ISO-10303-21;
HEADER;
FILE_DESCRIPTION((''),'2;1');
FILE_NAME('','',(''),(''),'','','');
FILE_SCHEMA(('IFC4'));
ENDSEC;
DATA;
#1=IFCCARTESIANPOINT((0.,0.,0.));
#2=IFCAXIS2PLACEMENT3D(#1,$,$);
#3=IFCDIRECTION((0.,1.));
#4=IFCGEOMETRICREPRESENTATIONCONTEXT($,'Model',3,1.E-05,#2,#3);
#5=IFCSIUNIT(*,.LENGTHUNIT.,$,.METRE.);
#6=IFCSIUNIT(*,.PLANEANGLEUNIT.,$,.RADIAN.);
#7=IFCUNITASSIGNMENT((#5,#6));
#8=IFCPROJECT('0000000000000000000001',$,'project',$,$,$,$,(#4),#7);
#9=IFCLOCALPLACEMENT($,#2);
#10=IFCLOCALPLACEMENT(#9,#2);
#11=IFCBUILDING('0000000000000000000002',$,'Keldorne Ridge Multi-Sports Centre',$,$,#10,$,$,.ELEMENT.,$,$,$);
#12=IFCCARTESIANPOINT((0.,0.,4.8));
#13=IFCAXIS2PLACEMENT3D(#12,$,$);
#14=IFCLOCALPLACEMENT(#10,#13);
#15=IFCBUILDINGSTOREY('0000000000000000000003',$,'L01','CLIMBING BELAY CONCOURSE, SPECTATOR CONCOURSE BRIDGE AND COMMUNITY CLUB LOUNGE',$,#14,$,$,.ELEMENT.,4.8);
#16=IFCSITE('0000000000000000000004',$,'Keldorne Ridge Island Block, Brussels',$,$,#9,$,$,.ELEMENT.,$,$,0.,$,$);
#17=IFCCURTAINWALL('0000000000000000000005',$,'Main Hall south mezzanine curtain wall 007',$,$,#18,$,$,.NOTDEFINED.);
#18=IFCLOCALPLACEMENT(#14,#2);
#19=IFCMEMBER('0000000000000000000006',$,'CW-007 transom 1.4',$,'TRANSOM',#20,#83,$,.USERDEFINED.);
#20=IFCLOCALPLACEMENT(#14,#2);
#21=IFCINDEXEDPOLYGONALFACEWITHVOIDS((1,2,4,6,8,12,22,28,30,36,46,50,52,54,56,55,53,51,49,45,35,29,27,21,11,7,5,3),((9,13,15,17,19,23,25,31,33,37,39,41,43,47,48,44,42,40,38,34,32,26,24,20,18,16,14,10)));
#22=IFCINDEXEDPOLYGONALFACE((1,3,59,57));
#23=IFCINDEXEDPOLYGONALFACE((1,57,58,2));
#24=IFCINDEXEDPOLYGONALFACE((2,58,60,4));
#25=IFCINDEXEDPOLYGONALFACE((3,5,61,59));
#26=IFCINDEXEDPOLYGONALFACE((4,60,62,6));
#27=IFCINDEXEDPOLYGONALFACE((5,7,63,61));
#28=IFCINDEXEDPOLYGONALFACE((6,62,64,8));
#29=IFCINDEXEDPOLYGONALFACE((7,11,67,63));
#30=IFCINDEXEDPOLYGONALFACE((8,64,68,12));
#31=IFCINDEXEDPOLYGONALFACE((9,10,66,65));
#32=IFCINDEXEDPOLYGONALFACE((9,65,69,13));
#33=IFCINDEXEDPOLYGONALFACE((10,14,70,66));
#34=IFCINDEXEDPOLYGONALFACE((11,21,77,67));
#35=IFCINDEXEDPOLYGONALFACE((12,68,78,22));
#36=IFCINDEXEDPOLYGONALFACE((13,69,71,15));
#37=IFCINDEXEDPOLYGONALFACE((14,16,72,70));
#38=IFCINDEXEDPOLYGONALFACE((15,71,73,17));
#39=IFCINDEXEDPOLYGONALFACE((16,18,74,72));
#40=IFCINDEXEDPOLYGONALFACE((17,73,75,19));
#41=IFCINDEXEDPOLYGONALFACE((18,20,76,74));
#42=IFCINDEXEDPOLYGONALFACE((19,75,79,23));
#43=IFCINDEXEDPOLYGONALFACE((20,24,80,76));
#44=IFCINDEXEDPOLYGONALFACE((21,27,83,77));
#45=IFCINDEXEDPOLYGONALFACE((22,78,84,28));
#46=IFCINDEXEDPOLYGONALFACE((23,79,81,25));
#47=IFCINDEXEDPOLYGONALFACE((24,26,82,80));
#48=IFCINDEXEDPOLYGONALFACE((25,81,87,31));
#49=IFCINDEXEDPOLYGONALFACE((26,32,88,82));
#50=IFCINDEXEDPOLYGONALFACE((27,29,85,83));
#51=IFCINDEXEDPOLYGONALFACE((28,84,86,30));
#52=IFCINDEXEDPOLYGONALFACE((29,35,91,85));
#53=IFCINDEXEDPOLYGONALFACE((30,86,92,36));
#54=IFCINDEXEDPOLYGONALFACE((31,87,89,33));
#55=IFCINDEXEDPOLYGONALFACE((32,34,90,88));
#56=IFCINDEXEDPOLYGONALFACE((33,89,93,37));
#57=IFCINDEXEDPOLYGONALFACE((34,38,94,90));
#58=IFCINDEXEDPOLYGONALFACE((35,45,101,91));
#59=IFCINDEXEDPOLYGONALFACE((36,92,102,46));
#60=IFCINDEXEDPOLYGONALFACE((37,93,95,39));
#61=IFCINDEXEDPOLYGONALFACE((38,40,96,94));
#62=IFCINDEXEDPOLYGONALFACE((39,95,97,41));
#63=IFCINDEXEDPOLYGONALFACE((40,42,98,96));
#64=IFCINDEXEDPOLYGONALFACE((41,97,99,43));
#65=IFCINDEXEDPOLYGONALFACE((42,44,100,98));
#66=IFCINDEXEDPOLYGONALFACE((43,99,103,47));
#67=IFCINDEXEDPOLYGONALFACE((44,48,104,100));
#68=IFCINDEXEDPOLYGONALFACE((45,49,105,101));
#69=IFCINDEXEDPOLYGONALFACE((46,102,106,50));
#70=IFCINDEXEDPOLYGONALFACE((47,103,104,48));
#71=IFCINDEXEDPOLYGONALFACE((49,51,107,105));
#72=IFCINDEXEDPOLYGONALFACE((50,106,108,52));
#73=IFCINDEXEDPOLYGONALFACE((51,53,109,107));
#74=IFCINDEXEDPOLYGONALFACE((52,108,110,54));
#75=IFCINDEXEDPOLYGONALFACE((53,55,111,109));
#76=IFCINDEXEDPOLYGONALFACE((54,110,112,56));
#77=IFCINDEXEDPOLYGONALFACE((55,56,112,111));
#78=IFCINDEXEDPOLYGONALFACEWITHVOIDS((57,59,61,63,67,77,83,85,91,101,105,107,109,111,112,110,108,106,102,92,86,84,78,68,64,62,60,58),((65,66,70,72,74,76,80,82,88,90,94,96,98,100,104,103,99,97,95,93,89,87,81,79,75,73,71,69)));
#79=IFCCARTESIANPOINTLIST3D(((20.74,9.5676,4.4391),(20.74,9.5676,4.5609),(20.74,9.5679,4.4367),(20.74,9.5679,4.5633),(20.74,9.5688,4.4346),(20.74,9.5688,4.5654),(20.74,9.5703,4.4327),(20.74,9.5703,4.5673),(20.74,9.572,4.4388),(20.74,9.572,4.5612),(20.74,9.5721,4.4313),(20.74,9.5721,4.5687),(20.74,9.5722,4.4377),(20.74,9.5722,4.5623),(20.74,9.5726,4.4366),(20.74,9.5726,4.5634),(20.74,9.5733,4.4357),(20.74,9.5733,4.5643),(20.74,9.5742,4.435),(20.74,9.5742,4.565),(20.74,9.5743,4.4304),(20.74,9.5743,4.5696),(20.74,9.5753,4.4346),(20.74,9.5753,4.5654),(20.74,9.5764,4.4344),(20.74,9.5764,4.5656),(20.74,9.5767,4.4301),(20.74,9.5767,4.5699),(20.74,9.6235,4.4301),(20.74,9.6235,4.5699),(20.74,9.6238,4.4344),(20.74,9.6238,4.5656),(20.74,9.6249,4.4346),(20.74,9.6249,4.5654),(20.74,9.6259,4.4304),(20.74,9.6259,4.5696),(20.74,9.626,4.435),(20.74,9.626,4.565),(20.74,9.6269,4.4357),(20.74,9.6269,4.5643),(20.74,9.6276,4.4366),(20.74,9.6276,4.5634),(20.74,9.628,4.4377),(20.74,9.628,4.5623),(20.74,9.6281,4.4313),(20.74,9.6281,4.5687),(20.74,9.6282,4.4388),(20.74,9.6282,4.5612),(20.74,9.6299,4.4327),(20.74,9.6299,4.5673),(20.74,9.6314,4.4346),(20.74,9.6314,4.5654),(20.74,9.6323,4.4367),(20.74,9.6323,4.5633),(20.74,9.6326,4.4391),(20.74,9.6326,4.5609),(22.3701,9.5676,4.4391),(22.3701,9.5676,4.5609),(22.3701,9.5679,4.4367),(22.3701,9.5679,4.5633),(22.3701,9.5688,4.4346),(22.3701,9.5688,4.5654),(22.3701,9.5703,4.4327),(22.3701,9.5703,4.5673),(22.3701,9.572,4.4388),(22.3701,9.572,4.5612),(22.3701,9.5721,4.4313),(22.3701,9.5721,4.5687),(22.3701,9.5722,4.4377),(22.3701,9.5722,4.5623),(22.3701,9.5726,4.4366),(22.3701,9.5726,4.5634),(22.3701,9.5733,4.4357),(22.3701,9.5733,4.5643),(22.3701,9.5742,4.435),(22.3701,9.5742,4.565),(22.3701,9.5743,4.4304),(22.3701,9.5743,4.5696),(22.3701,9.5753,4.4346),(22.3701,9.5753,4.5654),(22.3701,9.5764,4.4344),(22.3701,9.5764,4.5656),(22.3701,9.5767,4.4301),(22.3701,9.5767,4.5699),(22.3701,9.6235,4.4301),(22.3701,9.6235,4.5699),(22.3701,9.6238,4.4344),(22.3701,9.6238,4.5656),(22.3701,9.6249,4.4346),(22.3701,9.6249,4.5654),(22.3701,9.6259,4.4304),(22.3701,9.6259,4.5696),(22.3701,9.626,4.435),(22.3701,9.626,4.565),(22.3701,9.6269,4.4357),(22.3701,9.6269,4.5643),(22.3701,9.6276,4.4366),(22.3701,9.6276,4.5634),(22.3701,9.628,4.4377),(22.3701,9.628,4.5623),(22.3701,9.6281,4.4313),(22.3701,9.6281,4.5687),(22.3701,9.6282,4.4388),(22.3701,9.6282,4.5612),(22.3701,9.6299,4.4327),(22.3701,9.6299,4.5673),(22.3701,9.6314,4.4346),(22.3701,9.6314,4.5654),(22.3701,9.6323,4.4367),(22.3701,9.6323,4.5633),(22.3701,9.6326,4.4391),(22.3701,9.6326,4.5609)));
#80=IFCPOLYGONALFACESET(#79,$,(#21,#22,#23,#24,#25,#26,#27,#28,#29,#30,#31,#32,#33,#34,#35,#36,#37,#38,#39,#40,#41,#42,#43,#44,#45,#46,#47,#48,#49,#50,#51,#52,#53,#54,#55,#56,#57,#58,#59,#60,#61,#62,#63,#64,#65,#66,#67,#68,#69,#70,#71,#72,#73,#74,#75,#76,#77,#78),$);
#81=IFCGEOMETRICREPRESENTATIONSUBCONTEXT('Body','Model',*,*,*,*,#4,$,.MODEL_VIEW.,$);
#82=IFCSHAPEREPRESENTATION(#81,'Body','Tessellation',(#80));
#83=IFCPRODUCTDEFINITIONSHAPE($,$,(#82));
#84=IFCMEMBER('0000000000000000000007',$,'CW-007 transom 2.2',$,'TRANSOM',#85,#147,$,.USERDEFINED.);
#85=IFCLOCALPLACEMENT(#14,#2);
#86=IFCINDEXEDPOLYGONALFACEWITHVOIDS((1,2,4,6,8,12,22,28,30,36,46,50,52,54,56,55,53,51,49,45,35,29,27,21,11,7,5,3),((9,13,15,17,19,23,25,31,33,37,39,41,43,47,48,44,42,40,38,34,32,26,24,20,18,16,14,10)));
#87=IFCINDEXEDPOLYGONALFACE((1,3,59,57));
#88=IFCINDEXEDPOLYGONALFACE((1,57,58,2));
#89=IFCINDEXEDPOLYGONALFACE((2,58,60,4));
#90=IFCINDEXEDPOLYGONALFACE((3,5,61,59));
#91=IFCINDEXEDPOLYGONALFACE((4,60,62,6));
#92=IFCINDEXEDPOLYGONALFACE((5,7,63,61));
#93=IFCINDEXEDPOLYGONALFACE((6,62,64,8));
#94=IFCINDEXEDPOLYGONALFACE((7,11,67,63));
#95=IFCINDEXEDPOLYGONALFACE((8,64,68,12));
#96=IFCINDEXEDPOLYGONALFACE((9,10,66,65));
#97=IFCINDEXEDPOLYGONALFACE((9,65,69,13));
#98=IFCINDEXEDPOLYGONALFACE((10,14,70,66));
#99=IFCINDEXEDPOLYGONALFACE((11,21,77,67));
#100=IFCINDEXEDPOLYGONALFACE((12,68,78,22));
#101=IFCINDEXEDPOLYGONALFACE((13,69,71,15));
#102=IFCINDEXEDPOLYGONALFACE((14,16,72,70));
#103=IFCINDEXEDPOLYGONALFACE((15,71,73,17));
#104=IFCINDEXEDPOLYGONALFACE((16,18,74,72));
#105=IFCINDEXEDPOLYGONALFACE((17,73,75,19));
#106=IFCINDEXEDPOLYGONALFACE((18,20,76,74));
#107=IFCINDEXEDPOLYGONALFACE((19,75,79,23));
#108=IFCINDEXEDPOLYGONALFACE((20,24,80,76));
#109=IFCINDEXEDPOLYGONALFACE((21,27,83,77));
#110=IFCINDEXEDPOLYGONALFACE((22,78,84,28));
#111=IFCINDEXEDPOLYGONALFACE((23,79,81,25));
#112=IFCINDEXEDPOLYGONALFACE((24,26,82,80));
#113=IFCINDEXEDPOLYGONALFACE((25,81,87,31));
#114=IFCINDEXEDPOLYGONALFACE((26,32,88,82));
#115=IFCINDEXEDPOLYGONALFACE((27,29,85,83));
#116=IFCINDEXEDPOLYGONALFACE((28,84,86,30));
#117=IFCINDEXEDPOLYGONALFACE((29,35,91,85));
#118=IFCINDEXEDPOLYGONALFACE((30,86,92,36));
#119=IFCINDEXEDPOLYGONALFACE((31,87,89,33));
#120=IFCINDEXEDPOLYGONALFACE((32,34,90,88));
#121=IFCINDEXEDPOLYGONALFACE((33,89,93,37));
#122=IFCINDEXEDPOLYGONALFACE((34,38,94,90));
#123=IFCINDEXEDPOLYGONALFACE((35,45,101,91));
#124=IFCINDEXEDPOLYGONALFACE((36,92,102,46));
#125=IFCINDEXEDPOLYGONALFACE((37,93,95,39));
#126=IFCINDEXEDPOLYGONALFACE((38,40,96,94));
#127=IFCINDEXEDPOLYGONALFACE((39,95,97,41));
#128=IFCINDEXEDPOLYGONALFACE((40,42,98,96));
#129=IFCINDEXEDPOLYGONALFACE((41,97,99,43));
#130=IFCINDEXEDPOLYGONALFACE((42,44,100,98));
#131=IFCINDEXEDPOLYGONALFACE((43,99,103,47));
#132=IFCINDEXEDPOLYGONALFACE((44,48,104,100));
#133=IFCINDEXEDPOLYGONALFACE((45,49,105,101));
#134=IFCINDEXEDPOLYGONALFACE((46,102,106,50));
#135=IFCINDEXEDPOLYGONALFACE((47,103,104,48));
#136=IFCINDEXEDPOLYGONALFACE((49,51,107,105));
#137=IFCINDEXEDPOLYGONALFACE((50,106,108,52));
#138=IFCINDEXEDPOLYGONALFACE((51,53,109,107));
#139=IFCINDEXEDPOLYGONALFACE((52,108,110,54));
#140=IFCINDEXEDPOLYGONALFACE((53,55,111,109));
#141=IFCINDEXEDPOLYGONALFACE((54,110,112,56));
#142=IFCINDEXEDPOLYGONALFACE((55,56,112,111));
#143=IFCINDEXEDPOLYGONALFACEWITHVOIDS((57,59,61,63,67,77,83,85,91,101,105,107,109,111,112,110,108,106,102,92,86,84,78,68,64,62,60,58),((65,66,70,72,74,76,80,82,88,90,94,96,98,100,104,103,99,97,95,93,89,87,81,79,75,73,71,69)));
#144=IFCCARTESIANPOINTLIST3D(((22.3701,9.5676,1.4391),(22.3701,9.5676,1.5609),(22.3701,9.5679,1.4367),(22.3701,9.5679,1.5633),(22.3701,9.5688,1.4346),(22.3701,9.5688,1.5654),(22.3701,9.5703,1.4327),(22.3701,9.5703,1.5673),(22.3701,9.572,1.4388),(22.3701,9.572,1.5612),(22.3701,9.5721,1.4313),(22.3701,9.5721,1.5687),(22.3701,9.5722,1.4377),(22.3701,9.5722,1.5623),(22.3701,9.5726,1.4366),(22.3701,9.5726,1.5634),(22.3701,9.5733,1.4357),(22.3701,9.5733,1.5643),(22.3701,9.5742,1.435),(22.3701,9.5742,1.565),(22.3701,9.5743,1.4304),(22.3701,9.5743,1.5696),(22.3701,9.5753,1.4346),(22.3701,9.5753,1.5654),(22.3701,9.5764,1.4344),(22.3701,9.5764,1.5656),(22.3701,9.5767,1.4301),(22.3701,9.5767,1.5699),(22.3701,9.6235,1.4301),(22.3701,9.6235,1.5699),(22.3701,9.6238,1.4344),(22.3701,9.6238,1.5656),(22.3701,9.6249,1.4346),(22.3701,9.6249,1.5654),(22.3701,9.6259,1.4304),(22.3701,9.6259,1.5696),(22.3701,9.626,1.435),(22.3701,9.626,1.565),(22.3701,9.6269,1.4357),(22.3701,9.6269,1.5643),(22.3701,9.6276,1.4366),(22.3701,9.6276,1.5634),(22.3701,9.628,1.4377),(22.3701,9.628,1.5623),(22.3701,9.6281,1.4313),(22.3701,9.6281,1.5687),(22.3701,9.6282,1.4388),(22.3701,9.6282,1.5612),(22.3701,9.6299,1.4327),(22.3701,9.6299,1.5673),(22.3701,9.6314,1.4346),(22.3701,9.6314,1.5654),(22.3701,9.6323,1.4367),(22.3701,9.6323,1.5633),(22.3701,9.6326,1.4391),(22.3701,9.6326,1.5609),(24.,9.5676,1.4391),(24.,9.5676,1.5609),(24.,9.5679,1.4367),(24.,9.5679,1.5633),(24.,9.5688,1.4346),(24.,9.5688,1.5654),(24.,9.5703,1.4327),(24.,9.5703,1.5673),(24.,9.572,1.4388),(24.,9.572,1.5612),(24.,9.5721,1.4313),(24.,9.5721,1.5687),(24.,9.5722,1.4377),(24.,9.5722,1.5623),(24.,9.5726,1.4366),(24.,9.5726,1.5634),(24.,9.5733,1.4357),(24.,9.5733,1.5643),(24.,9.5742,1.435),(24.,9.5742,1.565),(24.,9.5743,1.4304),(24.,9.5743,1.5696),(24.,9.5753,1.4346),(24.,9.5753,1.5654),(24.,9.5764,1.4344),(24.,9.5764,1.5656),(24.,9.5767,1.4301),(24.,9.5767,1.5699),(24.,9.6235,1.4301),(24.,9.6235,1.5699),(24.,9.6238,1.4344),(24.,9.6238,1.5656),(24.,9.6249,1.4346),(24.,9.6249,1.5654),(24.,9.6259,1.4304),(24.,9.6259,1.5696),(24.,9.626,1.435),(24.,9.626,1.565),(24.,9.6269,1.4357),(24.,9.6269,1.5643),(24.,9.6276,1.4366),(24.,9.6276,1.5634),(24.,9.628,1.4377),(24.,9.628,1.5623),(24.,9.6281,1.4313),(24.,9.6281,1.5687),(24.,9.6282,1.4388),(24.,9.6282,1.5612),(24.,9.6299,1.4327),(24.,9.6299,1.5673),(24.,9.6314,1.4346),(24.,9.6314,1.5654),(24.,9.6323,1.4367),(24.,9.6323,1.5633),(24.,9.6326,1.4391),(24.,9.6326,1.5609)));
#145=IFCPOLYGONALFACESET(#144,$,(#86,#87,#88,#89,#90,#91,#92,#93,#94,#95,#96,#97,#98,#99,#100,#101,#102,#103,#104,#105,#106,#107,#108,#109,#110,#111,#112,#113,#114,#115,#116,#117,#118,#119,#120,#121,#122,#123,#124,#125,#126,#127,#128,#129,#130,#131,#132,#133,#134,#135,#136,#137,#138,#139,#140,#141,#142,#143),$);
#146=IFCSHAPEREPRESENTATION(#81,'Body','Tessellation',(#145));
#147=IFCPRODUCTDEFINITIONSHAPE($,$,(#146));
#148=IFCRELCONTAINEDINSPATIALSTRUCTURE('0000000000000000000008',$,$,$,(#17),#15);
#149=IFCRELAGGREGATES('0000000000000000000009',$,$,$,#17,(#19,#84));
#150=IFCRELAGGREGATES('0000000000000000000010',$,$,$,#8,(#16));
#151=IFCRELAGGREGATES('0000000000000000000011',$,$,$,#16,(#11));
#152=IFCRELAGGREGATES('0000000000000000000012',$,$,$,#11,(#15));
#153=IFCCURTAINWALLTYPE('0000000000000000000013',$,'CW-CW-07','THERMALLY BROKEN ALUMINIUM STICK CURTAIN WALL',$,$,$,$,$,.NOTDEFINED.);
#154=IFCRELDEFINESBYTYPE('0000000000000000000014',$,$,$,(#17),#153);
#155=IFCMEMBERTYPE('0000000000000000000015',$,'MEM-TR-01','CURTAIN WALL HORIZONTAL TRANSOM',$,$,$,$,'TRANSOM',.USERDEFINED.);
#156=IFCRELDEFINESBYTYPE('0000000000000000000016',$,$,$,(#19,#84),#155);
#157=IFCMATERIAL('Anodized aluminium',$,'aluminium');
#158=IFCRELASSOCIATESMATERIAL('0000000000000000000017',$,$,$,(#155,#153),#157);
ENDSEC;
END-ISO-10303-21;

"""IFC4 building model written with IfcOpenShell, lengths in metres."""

from ifc_helpers import new_model, si_unit, direction, frame, origin, origin_2d, place, context, subcontext, project, spatial, hollow_rectangle, extrude, material, material_profile, profile_set, type_object, element, aggregate, save


model = new_model("IFC4")

# Units and contexts
model_context = context("Model", 3, precision=1e-05, world=origin(), true_north=direction((0.0, 1.0)))
body_context = subcontext(model_context, "Body", "Model", "MODEL_VIEW")
ifc_project = project(units=[si_unit("LENGTHUNIT", "METRE"), si_unit("PLANEANGLEUNIT", "RADIAN")], contexts=[model_context])

# Site, building, storey
site_placement = place(None, origin())
site = spatial("IfcSite", under=ifc_project, at=site_placement, Name="Keldorne Ridge Island Block, Brussels", CompositionType="ELEMENT", RefElevation=0.0)
building_placement = place(site_placement, origin())
building = spatial("IfcBuilding", under=site, at=building_placement, Name="Keldorne Ridge Multi-Sports Centre", CompositionType="ELEMENT")
storey_placement = place(building_placement, frame((0.0, 0.0, 4.8)))
storey = spatial("IfcBuildingStorey", under=building, at=storey_placement, Name="L01", Description="CLIMBING BELAY CONCOURSE, SPECTATOR CONCOURSE BRIDGE AND COMMUNITY CLUB LOUNGE", CompositionType="ELEMENT", Elevation=4.8)

# Curtain wall, members
ifc_material_1 = material(Name="Anodized aluminium", Category="aluminium")
ifc_material_profile_1 = material_profile(ifc_material_1, hollow_rectangle(XDim=0.0649, YDim=0.1399, WallThickness=0.0044, InnerFilletRadius=0.0044, OuterFilletRadius=0.009, at=origin_2d()), Name="ALU TRANSOM 140x65x4.5")
ifc_profile_set_1 = profile_set([ifc_material_profile_1], Name="Anodized aluminium")
member_type = type_object("IfcMemberType", Name="MEM-TR-01", Description="CURTAIN WALL HORIZONTAL TRANSOM", ElementType="TRANSOM", PredefinedType="USERDEFINED", material=ifc_profile_set_1)
curtain_wall_type_1 = type_object("IfcCurtainWallType", Name="CW-CW-07", Description="THERMALLY BROKEN ALUMINIUM STICK CURTAIN WALL", PredefinedType="NOTDEFINED", material=ifc_material_1)
curtain_wall_1_placement = place(storey_placement, origin())
curtain_wall_1 = element("IfcCurtainWall", 1, at=curtain_wall_1_placement, inside=storey, type_object=curtain_wall_type_1, Name="Main Hall south mezzanine curtain wall 007", PredefinedType="NOTDEFINED")
member_1_placement = place(storey_placement, frame((20.74, 9.6001, 4.5), z_axis=(1.0, 0.0, 0.0), x_axis=(0.0, 1.0, 0.0)))
member_1 = element("IfcMember", 2, at=member_1_placement, type_object=member_type, Name="CW-007 transom 1.4", ObjectType="TRANSOM", PredefinedType="USERDEFINED", context=body_context, shape_type="SweptSolid", body=[
    extrude(hollow_rectangle(XDim=0.0649, YDim=0.1399, WallThickness=0.0044, InnerFilletRadius=0.0044, OuterFilletRadius=0.009, at=origin_2d()), origin(), (0.0, 0.0, 1.0), 1.6301),
])
member_2_placement = place(storey_placement, frame((22.3701, 9.6001, 1.5), z_axis=(1.0, 0.0, 0.0), x_axis=(0.0, 1.0, 0.0)))
member_2 = element("IfcMember", 3, at=member_2_placement, type_object=member_type, Name="CW-007 transom 2.2", ObjectType="TRANSOM", PredefinedType="USERDEFINED", context=body_context, shape_type="SweptSolid", body=[
    extrude(hollow_rectangle(XDim=0.0649, YDim=0.1399, WallThickness=0.0044, InnerFilletRadius=0.0044, OuterFilletRadius=0.009, at=origin_2d()), origin(), (0.0, 0.0, 1.0), 1.6299),
])

aggregate(curtain_wall_1, [member_1, member_2])

save(model, "model.ifc")
